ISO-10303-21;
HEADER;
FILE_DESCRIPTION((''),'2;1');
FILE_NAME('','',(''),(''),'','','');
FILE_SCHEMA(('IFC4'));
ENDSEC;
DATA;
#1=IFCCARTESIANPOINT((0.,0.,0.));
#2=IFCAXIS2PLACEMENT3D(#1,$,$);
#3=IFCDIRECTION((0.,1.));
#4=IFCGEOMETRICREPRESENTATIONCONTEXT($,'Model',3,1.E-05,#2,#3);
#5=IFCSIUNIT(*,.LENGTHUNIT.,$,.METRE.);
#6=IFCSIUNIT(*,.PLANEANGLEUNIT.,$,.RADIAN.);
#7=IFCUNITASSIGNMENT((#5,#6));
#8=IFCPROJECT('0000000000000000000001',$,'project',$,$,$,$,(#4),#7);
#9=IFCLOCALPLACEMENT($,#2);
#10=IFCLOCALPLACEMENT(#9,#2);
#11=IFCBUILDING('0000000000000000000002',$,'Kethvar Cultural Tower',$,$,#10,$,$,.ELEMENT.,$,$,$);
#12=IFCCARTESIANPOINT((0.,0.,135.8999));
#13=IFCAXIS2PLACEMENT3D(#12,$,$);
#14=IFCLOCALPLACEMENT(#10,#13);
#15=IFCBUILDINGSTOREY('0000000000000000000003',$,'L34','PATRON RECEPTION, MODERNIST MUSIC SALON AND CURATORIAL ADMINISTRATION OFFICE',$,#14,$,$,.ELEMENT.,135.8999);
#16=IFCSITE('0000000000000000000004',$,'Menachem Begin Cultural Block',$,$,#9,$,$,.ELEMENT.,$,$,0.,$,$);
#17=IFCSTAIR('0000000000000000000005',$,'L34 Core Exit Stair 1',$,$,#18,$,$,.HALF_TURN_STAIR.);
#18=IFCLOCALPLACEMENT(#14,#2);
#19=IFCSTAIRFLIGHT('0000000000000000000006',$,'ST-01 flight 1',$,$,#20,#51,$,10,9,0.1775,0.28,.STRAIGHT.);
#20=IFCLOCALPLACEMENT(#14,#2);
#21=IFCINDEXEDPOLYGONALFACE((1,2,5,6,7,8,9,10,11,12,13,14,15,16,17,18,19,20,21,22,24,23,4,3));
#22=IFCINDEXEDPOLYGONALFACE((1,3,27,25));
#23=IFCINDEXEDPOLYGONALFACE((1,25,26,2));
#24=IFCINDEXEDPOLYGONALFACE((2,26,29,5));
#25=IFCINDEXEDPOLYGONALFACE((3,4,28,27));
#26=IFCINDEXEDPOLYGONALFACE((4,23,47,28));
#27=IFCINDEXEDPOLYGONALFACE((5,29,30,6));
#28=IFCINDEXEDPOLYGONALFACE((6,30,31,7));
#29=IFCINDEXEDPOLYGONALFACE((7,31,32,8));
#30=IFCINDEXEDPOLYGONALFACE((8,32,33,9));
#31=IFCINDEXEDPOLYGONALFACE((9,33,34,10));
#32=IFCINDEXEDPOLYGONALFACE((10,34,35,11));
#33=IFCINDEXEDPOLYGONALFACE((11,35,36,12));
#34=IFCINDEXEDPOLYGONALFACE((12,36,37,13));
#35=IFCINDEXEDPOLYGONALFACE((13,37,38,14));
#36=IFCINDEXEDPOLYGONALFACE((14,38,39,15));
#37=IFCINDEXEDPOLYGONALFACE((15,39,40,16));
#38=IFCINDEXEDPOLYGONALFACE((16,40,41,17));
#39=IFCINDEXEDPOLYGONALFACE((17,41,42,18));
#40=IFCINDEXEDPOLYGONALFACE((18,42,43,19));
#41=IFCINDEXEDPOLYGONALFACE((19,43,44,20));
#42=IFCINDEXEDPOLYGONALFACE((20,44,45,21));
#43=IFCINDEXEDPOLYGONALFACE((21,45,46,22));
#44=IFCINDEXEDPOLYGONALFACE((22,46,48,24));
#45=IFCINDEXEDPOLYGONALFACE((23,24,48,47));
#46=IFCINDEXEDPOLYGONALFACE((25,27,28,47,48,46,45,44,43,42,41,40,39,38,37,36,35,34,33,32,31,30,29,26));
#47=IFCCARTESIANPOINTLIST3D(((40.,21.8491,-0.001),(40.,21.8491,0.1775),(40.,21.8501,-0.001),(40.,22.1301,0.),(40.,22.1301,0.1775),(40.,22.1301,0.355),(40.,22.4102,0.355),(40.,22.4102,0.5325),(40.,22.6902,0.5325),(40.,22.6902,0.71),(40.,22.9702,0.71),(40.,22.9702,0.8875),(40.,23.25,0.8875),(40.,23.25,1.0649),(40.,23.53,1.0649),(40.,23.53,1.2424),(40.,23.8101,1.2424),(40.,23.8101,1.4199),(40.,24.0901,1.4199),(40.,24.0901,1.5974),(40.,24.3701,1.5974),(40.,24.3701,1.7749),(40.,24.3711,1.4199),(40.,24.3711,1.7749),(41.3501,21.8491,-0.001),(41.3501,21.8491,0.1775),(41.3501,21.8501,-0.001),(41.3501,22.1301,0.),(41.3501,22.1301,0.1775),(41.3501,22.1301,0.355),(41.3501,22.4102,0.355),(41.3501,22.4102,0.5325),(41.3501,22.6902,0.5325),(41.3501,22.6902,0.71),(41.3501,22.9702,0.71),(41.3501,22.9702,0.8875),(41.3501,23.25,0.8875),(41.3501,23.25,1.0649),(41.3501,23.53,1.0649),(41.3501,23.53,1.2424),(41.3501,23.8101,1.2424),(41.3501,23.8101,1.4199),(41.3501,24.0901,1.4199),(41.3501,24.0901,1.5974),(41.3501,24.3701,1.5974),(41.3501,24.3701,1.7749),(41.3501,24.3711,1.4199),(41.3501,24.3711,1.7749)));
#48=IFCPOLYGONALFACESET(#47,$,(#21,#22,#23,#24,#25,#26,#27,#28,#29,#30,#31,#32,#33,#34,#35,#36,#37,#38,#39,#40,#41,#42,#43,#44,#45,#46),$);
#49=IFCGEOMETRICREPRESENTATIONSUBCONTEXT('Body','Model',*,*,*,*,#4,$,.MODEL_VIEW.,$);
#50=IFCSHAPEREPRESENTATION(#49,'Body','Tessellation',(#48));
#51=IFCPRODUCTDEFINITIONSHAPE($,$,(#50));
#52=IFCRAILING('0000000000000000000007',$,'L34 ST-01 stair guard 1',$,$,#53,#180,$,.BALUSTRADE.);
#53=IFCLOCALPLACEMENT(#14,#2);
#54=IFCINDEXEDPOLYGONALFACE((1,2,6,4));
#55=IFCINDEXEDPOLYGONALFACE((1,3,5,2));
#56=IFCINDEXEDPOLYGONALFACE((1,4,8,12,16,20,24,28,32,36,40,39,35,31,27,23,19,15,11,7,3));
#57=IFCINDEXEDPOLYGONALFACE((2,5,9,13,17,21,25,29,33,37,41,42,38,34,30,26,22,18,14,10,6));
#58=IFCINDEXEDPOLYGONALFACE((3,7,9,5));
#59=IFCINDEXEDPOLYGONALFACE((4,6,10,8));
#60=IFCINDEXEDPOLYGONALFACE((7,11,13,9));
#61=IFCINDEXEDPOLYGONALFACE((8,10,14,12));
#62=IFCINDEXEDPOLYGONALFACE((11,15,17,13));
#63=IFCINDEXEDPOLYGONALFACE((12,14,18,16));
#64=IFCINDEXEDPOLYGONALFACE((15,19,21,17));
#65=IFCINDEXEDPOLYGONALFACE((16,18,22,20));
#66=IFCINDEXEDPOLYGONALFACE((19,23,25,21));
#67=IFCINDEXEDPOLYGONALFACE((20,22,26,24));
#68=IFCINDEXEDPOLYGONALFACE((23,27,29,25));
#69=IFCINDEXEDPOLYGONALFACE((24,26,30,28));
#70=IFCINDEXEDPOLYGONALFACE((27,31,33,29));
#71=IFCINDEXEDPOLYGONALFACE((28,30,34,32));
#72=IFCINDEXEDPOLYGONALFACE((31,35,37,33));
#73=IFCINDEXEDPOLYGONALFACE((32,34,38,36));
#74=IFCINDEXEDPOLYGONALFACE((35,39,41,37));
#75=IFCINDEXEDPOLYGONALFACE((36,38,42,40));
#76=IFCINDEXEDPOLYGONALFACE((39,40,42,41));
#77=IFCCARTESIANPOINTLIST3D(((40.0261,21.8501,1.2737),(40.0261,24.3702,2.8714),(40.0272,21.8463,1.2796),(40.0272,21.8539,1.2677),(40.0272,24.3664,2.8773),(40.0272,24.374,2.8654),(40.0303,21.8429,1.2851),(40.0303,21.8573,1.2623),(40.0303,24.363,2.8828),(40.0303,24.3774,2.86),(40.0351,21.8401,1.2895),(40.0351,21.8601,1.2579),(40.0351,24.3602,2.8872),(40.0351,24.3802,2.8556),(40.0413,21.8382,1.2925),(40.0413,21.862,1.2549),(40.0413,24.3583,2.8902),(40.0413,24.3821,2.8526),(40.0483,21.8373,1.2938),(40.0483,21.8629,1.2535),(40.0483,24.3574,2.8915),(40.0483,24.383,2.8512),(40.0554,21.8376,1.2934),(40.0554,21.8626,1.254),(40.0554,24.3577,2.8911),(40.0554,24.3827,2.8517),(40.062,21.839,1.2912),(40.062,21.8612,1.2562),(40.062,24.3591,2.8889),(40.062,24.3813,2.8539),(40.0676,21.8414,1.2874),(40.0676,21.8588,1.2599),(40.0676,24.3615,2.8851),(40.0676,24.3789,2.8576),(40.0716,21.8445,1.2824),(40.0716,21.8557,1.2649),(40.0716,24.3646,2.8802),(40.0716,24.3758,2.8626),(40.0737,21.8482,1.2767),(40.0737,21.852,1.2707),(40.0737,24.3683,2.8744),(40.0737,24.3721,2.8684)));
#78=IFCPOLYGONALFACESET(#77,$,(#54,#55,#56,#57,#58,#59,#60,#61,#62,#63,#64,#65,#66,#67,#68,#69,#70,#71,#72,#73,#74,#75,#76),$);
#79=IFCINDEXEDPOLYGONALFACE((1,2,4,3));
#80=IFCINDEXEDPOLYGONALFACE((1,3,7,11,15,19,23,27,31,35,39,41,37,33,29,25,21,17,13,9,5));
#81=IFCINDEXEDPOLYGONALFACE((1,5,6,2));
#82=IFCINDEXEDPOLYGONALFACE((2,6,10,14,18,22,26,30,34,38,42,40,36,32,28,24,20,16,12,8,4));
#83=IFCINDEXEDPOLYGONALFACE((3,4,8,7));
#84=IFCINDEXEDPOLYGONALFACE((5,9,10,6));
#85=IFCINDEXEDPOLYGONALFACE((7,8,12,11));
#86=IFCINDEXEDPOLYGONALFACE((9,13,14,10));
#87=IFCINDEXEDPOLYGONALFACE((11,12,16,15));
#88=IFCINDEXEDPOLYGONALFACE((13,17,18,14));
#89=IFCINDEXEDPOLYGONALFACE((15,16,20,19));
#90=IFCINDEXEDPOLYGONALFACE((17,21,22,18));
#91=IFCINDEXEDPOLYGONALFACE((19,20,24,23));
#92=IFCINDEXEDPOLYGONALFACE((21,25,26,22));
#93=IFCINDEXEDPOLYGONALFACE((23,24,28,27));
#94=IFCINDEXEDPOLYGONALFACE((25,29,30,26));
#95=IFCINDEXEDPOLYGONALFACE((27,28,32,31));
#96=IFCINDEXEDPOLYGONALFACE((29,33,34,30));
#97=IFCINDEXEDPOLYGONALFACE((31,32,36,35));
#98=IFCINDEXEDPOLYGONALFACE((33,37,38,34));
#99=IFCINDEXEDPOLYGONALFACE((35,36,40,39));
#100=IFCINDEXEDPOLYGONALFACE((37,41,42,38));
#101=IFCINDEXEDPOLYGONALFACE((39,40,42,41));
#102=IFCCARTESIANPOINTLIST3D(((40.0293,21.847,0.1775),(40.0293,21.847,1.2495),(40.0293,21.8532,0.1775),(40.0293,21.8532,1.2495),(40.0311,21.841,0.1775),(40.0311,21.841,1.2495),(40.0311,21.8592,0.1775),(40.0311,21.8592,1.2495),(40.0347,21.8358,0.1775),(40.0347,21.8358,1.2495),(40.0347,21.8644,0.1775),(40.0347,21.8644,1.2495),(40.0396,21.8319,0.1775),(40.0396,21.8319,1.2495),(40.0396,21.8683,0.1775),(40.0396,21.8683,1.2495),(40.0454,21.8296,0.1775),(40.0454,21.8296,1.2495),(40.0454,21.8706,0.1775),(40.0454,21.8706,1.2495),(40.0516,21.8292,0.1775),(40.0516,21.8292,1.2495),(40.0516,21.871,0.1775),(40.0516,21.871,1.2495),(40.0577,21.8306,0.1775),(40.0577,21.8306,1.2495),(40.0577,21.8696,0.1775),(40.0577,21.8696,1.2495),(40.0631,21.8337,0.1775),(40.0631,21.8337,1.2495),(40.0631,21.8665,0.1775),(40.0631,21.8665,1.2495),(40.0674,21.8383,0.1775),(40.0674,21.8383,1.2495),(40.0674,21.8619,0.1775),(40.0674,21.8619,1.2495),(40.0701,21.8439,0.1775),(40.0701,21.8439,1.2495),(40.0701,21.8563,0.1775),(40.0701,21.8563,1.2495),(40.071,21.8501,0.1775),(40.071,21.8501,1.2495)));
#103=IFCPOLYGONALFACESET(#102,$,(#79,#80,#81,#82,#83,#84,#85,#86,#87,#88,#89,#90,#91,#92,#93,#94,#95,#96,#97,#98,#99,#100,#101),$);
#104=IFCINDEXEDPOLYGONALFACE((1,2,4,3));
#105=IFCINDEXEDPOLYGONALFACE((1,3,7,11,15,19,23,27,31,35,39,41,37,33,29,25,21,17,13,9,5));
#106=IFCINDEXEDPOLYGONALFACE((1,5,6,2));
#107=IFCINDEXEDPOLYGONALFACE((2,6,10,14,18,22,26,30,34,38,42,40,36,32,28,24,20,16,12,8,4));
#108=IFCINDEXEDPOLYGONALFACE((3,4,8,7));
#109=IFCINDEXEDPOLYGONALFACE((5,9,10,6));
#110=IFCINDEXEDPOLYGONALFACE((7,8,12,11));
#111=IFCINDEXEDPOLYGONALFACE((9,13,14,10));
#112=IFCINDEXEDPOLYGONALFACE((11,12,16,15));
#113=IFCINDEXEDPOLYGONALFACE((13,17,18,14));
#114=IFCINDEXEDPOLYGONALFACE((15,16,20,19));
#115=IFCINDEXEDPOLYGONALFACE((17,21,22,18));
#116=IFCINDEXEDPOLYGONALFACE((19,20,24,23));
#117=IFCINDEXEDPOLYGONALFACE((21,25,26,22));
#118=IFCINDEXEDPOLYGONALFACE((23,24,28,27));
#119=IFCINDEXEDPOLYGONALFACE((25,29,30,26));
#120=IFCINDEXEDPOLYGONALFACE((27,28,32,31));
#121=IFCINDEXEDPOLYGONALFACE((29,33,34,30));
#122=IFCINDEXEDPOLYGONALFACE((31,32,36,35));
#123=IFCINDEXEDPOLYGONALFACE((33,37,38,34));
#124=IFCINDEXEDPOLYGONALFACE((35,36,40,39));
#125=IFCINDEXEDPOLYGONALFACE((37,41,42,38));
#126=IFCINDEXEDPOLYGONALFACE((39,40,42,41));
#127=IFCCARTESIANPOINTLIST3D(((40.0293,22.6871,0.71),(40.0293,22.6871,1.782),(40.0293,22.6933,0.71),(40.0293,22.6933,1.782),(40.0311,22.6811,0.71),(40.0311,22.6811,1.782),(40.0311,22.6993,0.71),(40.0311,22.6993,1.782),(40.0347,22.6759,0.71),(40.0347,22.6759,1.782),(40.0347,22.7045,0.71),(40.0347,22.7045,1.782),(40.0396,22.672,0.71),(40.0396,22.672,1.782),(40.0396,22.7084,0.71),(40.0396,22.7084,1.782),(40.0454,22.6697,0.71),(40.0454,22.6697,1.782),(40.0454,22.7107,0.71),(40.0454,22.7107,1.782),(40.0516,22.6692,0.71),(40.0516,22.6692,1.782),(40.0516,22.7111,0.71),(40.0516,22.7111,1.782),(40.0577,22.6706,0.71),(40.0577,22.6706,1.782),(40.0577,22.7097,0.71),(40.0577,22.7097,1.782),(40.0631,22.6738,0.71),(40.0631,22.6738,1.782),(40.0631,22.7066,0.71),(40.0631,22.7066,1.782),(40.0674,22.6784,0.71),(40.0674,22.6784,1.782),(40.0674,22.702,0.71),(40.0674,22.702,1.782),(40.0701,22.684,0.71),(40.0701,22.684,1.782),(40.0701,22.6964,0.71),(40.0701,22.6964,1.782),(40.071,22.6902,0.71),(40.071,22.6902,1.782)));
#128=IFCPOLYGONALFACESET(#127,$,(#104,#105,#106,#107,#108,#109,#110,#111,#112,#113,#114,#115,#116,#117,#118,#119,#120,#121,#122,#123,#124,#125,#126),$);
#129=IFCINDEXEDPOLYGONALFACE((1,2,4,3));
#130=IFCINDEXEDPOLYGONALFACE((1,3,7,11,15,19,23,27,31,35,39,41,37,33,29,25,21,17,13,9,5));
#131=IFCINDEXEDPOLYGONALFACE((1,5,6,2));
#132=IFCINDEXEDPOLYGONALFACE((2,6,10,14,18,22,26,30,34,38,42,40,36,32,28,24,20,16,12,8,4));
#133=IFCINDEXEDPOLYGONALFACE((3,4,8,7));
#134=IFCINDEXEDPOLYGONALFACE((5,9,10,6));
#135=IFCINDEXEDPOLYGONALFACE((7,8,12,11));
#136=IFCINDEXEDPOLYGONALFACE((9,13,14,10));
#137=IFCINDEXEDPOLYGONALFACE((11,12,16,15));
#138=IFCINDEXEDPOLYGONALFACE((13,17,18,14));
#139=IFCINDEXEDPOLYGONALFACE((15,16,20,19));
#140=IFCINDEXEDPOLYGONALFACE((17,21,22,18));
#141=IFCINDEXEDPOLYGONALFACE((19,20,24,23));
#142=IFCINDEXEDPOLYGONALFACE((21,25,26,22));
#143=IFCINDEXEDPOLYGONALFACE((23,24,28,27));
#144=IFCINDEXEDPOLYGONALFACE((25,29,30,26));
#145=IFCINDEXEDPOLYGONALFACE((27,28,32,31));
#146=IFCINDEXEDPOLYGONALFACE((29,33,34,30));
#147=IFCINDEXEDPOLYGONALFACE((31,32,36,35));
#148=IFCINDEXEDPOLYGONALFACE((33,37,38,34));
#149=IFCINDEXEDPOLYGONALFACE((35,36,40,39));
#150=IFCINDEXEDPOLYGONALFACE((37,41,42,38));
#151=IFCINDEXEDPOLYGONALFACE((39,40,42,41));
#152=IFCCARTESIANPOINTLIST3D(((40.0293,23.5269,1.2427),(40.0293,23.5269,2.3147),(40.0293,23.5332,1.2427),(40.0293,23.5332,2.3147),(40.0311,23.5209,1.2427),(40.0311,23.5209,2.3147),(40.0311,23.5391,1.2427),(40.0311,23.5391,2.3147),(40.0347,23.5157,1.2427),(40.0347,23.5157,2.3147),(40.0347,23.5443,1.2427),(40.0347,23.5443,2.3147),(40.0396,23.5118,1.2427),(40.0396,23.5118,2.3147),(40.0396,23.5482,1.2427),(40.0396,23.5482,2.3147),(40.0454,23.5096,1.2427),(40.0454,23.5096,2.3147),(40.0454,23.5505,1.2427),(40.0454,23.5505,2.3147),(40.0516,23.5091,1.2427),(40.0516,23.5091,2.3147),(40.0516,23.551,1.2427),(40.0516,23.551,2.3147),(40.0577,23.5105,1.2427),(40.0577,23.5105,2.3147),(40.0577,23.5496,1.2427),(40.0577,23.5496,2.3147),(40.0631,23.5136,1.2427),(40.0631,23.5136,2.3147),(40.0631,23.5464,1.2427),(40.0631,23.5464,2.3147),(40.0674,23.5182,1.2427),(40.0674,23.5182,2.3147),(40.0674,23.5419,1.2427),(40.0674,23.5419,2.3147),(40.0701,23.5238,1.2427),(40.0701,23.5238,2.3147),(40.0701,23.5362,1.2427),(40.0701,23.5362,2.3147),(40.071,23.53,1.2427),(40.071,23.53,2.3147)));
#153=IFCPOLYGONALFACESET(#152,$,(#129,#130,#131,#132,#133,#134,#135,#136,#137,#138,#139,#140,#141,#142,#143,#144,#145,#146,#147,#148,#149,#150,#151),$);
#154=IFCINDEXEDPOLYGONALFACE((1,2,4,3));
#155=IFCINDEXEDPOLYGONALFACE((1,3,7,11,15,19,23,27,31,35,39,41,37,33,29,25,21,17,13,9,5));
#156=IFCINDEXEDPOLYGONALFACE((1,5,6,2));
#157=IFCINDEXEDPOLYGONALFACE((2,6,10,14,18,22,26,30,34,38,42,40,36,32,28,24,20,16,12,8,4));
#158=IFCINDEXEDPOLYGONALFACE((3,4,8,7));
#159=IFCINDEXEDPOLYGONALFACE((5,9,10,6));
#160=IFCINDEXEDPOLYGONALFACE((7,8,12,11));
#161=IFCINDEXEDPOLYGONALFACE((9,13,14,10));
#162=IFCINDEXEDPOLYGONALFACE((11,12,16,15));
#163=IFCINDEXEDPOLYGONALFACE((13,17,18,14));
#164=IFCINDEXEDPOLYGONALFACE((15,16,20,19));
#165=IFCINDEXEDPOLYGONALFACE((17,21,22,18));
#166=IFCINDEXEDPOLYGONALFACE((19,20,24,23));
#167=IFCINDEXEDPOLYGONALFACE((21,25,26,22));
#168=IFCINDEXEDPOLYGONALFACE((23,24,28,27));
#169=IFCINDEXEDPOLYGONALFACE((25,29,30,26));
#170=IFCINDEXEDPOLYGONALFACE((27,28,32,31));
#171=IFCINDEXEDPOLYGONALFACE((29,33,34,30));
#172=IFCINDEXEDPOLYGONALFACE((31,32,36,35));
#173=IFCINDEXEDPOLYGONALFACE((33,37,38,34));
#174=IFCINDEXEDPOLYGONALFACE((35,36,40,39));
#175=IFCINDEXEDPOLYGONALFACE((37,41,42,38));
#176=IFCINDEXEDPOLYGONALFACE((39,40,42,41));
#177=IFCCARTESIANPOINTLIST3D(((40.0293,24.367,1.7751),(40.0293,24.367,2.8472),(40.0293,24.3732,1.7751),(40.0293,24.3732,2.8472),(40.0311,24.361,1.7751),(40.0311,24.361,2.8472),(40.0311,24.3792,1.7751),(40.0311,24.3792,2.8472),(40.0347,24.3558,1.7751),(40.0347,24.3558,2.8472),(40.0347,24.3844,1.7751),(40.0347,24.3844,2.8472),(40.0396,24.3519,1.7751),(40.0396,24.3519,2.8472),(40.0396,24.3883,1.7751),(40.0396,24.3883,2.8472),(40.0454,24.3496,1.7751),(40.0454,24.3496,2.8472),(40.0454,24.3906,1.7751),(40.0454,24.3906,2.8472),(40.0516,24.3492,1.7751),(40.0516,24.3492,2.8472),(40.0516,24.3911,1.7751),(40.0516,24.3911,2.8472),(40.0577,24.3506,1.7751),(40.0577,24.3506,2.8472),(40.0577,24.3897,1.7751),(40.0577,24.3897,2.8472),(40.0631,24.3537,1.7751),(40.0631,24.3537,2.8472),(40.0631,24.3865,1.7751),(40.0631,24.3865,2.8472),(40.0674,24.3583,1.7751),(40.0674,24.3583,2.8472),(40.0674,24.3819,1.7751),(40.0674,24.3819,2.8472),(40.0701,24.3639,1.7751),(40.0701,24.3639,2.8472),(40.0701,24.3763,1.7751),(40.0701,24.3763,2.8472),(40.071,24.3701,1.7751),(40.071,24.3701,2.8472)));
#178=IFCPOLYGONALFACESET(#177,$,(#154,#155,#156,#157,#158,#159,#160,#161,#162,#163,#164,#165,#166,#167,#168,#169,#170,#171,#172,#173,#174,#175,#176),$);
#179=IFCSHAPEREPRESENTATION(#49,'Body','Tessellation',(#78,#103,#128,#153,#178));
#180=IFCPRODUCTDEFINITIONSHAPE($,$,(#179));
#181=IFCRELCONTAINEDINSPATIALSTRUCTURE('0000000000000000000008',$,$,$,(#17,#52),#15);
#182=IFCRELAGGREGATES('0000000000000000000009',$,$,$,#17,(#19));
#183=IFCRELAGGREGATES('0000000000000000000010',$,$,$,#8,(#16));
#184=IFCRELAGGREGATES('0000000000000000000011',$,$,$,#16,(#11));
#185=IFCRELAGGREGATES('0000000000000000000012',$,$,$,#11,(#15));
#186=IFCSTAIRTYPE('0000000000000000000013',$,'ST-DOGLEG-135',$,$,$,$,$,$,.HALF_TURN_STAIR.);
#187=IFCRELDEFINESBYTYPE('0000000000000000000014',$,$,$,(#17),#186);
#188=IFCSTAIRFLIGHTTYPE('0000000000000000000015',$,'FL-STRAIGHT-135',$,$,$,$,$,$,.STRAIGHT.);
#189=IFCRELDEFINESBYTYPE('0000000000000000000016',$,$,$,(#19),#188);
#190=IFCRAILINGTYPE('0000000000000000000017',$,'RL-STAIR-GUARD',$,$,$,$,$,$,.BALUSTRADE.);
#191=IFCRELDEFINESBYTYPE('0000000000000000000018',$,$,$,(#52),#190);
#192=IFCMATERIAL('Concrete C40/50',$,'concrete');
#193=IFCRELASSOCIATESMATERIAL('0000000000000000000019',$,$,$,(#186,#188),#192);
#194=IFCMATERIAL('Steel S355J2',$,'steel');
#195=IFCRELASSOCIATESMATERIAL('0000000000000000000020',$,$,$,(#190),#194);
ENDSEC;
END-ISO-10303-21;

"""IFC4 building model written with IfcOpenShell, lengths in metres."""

from ifc_helpers import new_model, si_unit, direction, frame, origin, origin_2d, place, context, subcontext, project, spatial, polyline, circle, outline, extrude, material, type_object, element, aggregate, save


model = new_model("IFC4")

# Units and contexts
model_context = context("Model", 3, precision=1e-05, world=origin(), true_north=direction((0.0, 1.0)))
body_context = subcontext(model_context, "Body", "Model", "MODEL_VIEW")
ifc_project = project(units=[si_unit("LENGTHUNIT", "METRE"), si_unit("PLANEANGLEUNIT", "RADIAN")], contexts=[model_context])

# Site, building, storey
site_placement = place(None, origin())
site = spatial("IfcSite", under=ifc_project, at=site_placement, Name="Menachem Begin Cultural Block", CompositionType="ELEMENT", RefElevation=0.0)
building_placement = place(site_placement, origin())
building = spatial("IfcBuilding", under=site, at=building_placement, Name="Kethvar Cultural Tower", CompositionType="ELEMENT")
storey_placement = place(building_placement, frame((0.0, 0.0, 135.8999)))
storey = spatial("IfcBuildingStorey", under=building, at=storey_placement, Name="L34", Description="PATRON RECEPTION, MODERNIST MUSIC SALON AND CURATORIAL ADMINISTRATION OFFICE", CompositionType="ELEMENT", Elevation=135.8999)

# Shared definitions
ifc_material_1 = material(Name="Steel S355J2", Category="steel")

# Stair, stair flight
ifc_material_2 = material(Name="Concrete C40/50", Category="concrete")
stair_type = type_object("IfcStairType", Name="ST-DOGLEG-135", PredefinedType="HALF_TURN_STAIR", material=ifc_material_2)
stair_placement = place(storey_placement, origin())
stair = element("IfcStair", 1, at=stair_placement, inside=storey, type_object=stair_type, Name="L34 Core Exit Stair 1", PredefinedType="HALF_TURN_STAIR")
stair_flight_type = type_object("IfcStairFlightType", Name="FL-STRAIGHT-135", PredefinedType="STRAIGHT", material=ifc_material_2)
stair_flight_placement = place(storey_placement, frame((40.675, 21.8501, 0.0), z_axis=(0.0, 0.0, 1.0), x_axis=(0.0, 1.0, 0.0)))
stair_flight = element("IfcStairFlight", 2, at=stair_flight_placement, type_object=stair_flight_type, Name="ST-01 flight 1", NumberOfRisers=10, NumberOfTreads=9, PredefinedType="STRAIGHT", RiserHeight=0.1775, TreadLength=0.28, context=body_context, shape_type="SweptSolid", body=[
    extrude(outline(polyline([(-0.001, -0.001), (-0.001, 0.1775), (0.28, 0.1775), (0.28, 0.355), (0.5601, 0.355), (0.5601, 0.5325), (0.8401, 0.5325), (0.8401, 0.71), (1.1201, 0.71), (1.1201, 0.8875), (1.3999, 0.8875), (1.3999, 1.0649), (1.6799, 1.0649), (1.6799, 1.2424), (1.96, 1.2424), (1.96, 1.4199), (2.24, 1.4199), (2.24, 1.5974), (2.52, 1.5974), (2.52, 1.7749), (2.521, 1.7749), (2.521, 1.4199), (0.28, 0.0), (0.0, -0.001), (-0.001, -0.001)])), frame((0.0, 0.675, 0.0), z_axis=(0.0, -1.0, 0.0), x_axis=(1.0, 0.0, 0.0)), (0.0, 0.0, 1.0), 1.3501),
])
aggregate(stair, [stair_flight])

# Railing
railing_type_1 = type_object("IfcRailingType", Name="RL-STAIR-GUARD", PredefinedType="BALUSTRADE", material=ifc_material_1)
railing_1_placement = place(storey_placement, frame((40.05, 21.8501, 0.1775)))
element("IfcRailing", 3, at=railing_1_placement, inside=storey, type_object=railing_type_1, Name="L34 ST-01 stair guard 1", PredefinedType="BALUSTRADE", context=body_context, shape_type="SweptSolid", body=[
    extrude(circle(Radius=0.0239, at=origin_2d()), frame((0.0, 0.0, 1.0962), z_axis=(0.0, 0.84457, 0.535445), x_axis=(-1.0, 0.0, 0.0)), (0.0, 0.0, 1.0), 2.9839),
    extrude(circle(Radius=0.021, at=origin_2d()), origin(), (0.0, 0.0, 1.0), 1.072),
    extrude(circle(Radius=0.021, at=origin_2d()), frame((0.0, 0.8401, 0.5325)), (0.0, 0.0, 1.0), 1.072),
    extrude(circle(Radius=0.021, at=origin_2d()), frame((0.0, 1.6799, 1.0652)), (0.0, 0.0, 1.0), 1.072),
    extrude(circle(Radius=0.021, at=origin_2d()), frame((0.0, 2.52, 1.5977)), (0.0, 0.0, 1.0), 1.072),
])

save(model, "model.ifc")
